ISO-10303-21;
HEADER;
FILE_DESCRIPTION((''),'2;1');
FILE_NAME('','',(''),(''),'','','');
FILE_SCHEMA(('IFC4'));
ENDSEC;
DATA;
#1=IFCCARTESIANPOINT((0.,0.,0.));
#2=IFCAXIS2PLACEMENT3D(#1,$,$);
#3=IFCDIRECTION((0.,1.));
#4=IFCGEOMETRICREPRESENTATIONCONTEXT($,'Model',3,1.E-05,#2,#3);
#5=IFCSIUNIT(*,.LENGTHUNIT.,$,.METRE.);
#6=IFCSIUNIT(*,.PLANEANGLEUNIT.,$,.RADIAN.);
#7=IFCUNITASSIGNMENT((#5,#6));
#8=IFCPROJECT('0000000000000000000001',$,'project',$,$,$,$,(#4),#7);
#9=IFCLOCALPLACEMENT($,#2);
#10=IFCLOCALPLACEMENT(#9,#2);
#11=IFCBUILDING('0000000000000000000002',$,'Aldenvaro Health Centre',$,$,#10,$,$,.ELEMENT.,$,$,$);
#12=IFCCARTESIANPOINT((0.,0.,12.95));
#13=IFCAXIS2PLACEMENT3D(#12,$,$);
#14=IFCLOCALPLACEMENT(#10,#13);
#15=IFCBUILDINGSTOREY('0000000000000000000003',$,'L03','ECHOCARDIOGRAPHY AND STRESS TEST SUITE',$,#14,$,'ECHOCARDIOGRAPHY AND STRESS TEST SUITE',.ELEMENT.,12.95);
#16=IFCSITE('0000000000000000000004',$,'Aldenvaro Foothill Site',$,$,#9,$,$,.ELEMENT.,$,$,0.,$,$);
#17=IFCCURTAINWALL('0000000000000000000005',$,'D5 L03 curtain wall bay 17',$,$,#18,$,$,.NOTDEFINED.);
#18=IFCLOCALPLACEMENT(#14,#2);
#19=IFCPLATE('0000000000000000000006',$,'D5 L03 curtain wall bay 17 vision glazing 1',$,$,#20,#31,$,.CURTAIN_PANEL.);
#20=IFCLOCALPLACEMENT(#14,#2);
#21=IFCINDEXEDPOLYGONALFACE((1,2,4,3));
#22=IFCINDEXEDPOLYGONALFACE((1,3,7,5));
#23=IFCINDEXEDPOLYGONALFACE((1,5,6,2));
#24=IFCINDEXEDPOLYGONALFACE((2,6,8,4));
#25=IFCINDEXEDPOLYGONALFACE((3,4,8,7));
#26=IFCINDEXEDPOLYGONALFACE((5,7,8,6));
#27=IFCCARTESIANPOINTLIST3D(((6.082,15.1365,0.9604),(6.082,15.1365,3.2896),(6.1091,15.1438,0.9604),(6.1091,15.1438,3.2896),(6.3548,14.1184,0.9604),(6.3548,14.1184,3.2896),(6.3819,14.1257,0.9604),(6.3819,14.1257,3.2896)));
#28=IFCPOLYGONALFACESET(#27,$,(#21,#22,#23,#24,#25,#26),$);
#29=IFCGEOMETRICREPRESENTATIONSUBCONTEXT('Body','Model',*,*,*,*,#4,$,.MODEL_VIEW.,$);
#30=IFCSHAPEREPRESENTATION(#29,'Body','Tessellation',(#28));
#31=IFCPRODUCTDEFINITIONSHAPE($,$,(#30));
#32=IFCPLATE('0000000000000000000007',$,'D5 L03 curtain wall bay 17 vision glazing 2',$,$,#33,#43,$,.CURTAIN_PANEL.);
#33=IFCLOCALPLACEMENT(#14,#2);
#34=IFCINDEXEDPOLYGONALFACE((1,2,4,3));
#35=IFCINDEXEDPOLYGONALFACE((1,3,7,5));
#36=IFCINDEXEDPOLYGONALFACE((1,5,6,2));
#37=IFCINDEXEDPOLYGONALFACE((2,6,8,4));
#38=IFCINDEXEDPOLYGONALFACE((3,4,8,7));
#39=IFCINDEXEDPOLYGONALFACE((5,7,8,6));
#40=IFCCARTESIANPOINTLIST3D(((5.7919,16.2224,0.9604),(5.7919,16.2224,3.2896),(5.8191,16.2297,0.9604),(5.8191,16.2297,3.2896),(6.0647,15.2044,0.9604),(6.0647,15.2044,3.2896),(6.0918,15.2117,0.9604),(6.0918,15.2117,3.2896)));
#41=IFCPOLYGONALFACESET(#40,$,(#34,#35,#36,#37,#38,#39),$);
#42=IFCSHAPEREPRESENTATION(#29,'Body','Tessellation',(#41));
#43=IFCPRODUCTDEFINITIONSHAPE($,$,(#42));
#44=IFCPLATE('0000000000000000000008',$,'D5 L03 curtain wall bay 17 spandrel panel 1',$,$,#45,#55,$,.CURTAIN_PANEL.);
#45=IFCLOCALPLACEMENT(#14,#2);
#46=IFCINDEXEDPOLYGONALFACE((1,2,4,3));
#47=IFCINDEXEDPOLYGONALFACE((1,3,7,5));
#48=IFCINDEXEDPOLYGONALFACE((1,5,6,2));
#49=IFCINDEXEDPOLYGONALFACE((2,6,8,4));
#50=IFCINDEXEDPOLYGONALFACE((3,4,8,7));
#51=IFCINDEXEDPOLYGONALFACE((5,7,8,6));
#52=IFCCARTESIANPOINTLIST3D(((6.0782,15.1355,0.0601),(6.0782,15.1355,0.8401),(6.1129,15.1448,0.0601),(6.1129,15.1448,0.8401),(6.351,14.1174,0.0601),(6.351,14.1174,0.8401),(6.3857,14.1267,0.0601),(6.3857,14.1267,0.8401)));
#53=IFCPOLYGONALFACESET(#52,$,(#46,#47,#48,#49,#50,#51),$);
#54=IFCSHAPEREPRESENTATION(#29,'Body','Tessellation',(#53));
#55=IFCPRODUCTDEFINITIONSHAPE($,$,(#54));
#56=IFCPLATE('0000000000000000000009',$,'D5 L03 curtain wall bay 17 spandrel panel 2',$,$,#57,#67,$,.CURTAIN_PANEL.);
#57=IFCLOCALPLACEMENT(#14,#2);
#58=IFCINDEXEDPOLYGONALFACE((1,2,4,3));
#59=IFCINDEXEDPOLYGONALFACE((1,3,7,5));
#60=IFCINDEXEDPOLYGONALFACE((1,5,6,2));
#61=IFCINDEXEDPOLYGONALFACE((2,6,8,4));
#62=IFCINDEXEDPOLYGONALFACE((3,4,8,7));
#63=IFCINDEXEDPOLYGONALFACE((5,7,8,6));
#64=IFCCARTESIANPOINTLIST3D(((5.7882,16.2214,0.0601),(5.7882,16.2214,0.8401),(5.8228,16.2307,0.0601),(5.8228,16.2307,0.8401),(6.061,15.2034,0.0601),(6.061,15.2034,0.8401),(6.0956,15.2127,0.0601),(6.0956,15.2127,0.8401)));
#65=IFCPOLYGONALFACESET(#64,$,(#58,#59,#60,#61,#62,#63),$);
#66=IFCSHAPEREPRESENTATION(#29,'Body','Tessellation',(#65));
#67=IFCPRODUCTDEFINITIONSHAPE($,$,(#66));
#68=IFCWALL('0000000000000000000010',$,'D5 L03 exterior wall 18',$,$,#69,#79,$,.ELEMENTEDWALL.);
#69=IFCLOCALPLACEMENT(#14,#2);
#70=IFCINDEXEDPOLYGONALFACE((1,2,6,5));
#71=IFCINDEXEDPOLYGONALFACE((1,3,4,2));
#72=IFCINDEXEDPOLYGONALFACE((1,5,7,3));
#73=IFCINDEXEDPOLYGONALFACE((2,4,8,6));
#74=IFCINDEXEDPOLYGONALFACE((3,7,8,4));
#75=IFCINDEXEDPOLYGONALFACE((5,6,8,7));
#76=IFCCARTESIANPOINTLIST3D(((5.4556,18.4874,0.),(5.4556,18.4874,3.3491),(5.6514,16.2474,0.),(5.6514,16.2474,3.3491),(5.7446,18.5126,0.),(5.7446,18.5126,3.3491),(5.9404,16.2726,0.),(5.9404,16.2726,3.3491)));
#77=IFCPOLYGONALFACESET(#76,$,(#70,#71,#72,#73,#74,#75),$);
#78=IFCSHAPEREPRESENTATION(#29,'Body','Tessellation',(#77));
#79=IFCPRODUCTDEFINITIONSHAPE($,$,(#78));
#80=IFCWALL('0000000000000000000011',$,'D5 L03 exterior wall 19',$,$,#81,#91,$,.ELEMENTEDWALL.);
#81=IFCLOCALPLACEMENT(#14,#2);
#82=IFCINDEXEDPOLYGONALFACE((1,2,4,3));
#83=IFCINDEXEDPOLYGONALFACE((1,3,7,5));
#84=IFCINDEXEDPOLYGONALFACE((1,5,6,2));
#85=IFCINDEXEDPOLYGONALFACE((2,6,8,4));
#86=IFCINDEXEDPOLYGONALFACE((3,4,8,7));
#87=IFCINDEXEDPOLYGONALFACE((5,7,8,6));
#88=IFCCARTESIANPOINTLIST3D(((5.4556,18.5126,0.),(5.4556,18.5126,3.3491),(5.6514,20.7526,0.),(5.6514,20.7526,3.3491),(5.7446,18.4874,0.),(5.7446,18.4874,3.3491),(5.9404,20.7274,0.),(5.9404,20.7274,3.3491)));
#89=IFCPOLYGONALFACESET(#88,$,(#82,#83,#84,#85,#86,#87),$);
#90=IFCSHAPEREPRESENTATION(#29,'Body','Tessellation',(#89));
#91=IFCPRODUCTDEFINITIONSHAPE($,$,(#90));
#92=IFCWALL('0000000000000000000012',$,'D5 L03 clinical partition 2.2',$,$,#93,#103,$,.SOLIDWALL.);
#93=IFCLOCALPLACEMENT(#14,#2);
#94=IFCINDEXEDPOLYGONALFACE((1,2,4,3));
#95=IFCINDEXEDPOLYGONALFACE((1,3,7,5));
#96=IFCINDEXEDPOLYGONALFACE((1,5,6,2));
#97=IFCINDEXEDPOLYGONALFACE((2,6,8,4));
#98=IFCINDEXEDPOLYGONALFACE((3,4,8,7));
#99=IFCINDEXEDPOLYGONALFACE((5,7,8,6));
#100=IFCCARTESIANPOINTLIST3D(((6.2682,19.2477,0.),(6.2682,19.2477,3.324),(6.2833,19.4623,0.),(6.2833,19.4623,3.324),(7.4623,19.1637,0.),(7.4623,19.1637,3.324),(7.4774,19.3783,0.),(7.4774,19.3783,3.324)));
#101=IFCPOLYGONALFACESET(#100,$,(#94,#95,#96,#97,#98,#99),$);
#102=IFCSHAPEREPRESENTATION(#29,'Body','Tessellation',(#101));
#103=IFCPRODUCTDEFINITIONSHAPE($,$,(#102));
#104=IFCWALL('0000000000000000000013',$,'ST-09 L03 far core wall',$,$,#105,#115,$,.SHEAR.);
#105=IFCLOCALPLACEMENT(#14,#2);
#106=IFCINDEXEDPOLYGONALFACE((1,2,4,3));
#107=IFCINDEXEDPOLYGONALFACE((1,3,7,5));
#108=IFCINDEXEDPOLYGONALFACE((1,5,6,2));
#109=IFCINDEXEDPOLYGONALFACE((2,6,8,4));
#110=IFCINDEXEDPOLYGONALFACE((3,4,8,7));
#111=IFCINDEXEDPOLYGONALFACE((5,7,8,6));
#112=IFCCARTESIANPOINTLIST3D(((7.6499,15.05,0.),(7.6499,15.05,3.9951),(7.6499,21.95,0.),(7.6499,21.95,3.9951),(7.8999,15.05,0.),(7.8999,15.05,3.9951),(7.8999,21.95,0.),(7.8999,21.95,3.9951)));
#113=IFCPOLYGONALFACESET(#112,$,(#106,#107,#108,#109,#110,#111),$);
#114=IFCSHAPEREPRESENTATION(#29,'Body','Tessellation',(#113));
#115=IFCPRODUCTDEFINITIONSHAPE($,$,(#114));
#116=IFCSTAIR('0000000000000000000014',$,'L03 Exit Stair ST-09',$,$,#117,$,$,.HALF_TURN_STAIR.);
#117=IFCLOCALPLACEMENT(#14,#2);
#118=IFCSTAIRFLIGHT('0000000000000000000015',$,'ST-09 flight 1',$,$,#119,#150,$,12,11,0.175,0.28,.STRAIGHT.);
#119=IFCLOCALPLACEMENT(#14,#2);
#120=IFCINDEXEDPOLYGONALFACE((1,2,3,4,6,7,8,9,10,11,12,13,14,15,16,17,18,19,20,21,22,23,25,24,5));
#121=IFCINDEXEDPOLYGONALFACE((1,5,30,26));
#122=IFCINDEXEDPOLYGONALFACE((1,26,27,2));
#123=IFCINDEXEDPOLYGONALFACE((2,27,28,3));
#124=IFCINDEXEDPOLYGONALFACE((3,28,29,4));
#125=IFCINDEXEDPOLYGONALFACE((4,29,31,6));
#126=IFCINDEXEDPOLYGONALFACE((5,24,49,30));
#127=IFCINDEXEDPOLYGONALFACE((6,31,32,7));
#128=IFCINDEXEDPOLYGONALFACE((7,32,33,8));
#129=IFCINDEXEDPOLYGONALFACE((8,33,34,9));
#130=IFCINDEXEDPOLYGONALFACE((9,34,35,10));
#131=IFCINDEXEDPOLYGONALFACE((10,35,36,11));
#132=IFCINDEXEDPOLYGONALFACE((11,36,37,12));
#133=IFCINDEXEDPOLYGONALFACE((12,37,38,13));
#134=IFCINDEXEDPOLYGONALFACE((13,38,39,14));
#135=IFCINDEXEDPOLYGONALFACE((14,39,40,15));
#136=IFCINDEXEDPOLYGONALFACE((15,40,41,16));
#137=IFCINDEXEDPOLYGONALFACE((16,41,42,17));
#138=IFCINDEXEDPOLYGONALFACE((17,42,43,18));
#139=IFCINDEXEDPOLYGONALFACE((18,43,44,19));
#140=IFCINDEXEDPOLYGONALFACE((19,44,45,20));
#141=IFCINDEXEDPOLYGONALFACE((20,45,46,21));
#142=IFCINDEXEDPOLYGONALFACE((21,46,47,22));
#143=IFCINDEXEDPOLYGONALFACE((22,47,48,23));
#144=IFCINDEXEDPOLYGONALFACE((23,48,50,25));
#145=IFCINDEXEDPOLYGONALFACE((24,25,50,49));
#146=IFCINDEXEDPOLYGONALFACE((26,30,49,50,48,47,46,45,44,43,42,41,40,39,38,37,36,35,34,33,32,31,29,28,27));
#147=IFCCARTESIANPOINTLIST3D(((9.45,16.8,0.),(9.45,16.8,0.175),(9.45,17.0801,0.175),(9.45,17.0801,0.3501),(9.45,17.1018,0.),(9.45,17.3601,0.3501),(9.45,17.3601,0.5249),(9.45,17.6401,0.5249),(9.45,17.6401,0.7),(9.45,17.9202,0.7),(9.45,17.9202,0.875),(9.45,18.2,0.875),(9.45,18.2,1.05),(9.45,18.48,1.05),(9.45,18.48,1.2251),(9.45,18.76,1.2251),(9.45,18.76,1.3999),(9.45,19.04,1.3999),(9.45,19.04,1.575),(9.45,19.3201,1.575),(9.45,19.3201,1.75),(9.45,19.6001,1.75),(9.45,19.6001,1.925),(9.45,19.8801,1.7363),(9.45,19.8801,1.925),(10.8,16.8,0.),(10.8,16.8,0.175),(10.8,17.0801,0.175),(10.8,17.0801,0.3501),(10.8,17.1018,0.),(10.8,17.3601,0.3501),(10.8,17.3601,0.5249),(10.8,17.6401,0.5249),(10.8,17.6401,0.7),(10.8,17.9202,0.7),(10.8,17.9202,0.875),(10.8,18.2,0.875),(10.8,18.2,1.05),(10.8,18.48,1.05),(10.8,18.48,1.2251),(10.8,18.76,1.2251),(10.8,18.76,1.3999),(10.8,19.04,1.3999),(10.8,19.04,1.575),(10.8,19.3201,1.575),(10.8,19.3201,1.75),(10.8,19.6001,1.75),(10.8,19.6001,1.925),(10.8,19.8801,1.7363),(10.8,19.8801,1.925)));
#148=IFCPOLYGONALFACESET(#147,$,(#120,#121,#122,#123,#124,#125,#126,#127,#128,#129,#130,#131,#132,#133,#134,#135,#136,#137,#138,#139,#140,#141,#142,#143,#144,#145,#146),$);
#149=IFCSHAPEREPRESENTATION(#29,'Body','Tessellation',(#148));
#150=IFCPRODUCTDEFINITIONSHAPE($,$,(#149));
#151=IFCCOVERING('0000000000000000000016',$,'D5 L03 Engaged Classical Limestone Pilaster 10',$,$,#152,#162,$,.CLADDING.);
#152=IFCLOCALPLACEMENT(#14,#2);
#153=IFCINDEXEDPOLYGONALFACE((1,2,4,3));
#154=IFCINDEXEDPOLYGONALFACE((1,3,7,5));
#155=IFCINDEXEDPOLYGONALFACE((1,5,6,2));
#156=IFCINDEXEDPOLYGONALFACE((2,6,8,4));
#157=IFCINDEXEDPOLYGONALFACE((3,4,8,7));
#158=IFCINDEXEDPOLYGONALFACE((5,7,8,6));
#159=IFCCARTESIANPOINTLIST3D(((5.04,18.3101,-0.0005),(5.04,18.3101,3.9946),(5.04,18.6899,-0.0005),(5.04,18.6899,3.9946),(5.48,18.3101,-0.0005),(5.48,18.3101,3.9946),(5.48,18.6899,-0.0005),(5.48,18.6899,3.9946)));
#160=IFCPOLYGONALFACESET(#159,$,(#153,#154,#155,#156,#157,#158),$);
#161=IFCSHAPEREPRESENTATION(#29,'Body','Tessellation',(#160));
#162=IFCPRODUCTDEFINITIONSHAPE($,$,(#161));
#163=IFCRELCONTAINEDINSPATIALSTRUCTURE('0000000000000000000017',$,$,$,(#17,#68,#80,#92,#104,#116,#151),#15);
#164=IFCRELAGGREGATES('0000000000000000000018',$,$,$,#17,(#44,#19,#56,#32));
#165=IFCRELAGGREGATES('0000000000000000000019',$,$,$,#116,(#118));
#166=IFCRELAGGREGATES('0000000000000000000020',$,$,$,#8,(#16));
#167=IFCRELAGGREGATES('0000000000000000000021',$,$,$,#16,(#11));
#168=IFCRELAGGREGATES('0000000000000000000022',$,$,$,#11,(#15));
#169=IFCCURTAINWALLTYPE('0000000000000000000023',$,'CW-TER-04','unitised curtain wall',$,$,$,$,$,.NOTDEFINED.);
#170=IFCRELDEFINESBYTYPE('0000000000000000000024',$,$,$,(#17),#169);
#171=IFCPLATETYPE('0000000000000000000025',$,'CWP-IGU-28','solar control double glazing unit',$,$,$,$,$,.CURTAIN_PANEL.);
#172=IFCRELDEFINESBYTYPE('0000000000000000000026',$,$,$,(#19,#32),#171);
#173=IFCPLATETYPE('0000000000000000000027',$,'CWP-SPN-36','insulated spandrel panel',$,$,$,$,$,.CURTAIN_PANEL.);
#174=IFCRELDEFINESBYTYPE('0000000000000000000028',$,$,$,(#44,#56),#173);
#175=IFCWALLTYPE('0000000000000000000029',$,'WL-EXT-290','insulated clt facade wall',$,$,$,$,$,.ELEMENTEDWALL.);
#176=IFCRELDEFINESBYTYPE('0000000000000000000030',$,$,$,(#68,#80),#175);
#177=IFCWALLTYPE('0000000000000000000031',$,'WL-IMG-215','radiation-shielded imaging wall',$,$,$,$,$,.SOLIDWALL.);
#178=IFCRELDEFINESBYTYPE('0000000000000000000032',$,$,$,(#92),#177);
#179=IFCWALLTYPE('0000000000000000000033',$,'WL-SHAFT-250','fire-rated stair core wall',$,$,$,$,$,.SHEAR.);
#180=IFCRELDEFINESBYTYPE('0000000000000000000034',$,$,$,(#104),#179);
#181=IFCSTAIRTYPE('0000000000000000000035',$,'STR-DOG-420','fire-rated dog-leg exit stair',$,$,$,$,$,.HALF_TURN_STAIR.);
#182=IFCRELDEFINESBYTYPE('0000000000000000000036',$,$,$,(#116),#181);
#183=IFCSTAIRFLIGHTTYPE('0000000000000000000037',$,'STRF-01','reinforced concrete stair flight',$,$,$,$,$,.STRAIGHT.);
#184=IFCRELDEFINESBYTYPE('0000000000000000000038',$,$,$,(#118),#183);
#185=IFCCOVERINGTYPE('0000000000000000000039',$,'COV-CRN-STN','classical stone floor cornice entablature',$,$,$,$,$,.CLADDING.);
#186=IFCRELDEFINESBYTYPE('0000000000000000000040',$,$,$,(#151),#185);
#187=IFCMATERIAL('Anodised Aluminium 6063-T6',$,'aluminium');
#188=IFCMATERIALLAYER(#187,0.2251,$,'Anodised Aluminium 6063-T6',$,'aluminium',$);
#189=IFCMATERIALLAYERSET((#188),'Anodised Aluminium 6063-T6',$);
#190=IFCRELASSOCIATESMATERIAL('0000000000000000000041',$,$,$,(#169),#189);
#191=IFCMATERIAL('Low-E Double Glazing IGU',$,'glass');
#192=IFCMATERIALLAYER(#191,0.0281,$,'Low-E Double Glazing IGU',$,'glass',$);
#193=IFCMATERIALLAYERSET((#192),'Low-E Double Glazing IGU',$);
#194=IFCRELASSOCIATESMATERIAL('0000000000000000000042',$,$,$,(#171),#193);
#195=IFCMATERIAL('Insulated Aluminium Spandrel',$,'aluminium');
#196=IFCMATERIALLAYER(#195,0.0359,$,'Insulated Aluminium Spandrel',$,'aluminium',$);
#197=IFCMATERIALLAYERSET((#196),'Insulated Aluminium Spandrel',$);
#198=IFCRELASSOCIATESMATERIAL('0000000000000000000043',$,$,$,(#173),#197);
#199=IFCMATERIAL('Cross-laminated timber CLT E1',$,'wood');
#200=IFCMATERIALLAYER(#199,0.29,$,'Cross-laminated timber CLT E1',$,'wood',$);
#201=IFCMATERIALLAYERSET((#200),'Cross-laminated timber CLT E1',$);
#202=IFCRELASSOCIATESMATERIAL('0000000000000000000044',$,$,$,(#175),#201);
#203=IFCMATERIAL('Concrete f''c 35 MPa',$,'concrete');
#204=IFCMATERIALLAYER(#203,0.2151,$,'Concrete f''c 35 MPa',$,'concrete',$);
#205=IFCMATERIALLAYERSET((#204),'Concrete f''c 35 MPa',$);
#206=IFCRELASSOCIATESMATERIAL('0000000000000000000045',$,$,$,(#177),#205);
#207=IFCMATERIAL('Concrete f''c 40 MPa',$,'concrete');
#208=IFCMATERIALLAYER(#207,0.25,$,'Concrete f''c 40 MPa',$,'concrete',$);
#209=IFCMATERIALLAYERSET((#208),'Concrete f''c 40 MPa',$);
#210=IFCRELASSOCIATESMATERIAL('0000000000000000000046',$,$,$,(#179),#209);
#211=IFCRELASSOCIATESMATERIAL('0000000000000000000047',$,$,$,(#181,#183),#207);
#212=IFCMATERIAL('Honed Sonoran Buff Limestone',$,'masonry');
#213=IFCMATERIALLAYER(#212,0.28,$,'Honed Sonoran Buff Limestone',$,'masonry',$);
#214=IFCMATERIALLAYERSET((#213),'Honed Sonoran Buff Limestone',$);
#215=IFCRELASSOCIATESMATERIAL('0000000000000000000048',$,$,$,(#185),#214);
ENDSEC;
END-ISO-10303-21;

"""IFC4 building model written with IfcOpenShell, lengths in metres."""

from ifc_helpers import new_model, si_unit, direction, frame, frame_2d, origin, origin_2d, place, context, subcontext, project, spatial, polyline, rectangle, outline, extrude, material, layer, layer_set, type_object, element, aggregate, save


model = new_model("IFC4")

# Units and contexts
model_context = context("Model", 3, precision=1e-05, world=origin(), true_north=direction((0.0, 1.0)))
body_context = subcontext(model_context, "Body", "Model", "MODEL_VIEW")
ifc_project = project(units=[si_unit("LENGTHUNIT", "METRE"), si_unit("PLANEANGLEUNIT", "RADIAN")], contexts=[model_context])

# Site, building, storey
site_placement = place(None, origin())
site = spatial("IfcSite", under=ifc_project, at=site_placement, Name="Aldenvaro Foothill Site", CompositionType="ELEMENT", RefElevation=0.0)
building_placement = place(site_placement, origin())
building = spatial("IfcBuilding", under=site, at=building_placement, Name="Aldenvaro Health Centre", CompositionType="ELEMENT")
storey_placement = place(building_placement, frame((0.0, 0.0, 12.95)))
storey = spatial("IfcBuildingStorey", under=building, at=storey_placement, Name="L03", Description="ECHOCARDIOGRAPHY AND STRESS TEST SUITE", LongName="ECHOCARDIOGRAPHY AND STRESS TEST SUITE", CompositionType="ELEMENT", Elevation=12.95)

# Curtain wall
ifc_material_1 = material(Name="Anodised Aluminium 6063-T6", Category="aluminium")
ifc_layer_1 = layer(ifc_material_1, 0.2251, Name="Anodised Aluminium 6063-T6", Category="aluminium")
ifc_layer_set_1 = layer_set([ifc_layer_1], Name="Anodised Aluminium 6063-T6")
curtain_wall_type = type_object("IfcCurtainWallType", Name="CW-TER-04", Description="unitised curtain wall", PredefinedType="NOTDEFINED", material=ifc_layer_set_1)
curtain_wall_placement = place(storey_placement, origin())
curtain_wall = element("IfcCurtainWall", 1, at=curtain_wall_placement, inside=storey, type_object=curtain_wall_type, Name="D5 L03 curtain wall bay 17", PredefinedType="NOTDEFINED")

# Plates
ifc_material_2 = material(Name="Low-E Double Glazing IGU", Category="glass")
ifc_layer_2 = layer(ifc_material_2, 0.0281, Name="Low-E Double Glazing IGU", Category="glass")
ifc_layer_set_2 = layer_set([ifc_layer_2], Name="Low-E Double Glazing IGU")
plate_type_1 = type_object("IfcPlateType", Name="CWP-IGU-28", Description="solar control double glazing unit", PredefinedType="CURTAIN_PANEL", material=ifc_layer_set_2)
plate_1_placement = place(storey_placement, frame((6.2319, 14.6311, 0.9604), z_axis=(0.0, 0.0, 1.0), x_axis=(-0.258825, 0.965924, 0.0)))
plate_1 = element("IfcPlate", 2, at=plate_1_placement, type_object=plate_type_1, Name="D5 L03 curtain wall bay 17 vision glazing 1", PredefinedType="CURTAIN_PANEL", context=body_context, shape_type="SweptSolid", body=[
    extrude(rectangle(XDim=1.054, YDim=0.0281, at=origin_2d()), origin(), (0.0, 0.0, 1.0), 2.3291),
])
plate_2_placement = place(storey_placement, frame((5.9419, 15.717, 0.9604), z_axis=(0.0, 0.0, 1.0), x_axis=(-0.258825, 0.965924, 0.0)))
plate_2 = element("IfcPlate", 3, at=plate_2_placement, type_object=plate_type_1, Name="D5 L03 curtain wall bay 17 vision glazing 2", PredefinedType="CURTAIN_PANEL", context=body_context, shape_type="SweptSolid", body=[
    extrude(rectangle(XDim=1.054, YDim=0.0281, at=origin_2d()), origin(), (0.0, 0.0, 1.0), 2.3291),
])
ifc_material_3 = material(Name="Insulated Aluminium Spandrel", Category="aluminium")
ifc_layer_3 = layer(ifc_material_3, 0.0359, Name="Insulated Aluminium Spandrel", Category="aluminium")
ifc_layer_set_3 = layer_set([ifc_layer_3], Name="Insulated Aluminium Spandrel")
plate_type_2 = type_object("IfcPlateType", Name="CWP-SPN-36", Description="insulated spandrel panel", PredefinedType="CURTAIN_PANEL", material=ifc_layer_set_3)
plate_3_placement = place(storey_placement, frame((6.2319, 14.6311, 0.0601), z_axis=(0.0, 0.0, 1.0), x_axis=(-0.258825, 0.965924, 0.0)))
plate_3 = element("IfcPlate", 4, at=plate_3_placement, type_object=plate_type_2, Name="D5 L03 curtain wall bay 17 spandrel panel 1", PredefinedType="CURTAIN_PANEL", context=body_context, shape_type="SweptSolid", body=[
    extrude(rectangle(XDim=1.054, YDim=0.0359, at=origin_2d()), origin(), (0.0, 0.0, 1.0), 0.78),
])
plate_4_placement = place(storey_placement, frame((5.9419, 15.717, 0.0601), z_axis=(0.0, 0.0, 1.0), x_axis=(-0.258825, 0.965924, 0.0)))
plate_4 = element("IfcPlate", 5, at=plate_4_placement, type_object=plate_type_2, Name="D5 L03 curtain wall bay 17 spandrel panel 2", PredefinedType="CURTAIN_PANEL", context=body_context, shape_type="SweptSolid", body=[
    extrude(rectangle(XDim=1.054, YDim=0.0359, at=origin_2d()), origin(), (0.0, 0.0, 1.0), 0.78),
])
aggregate(curtain_wall, [plate_3, plate_1, plate_4, plate_2])

# Walls
ifc_material_4 = material(Name="Cross-laminated timber CLT E1", Category="wood")
ifc_layer_4 = layer(ifc_material_4, 0.29, Name="Cross-laminated timber CLT E1", Category="wood")
ifc_layer_set_4 = layer_set([ifc_layer_4], Name="Cross-laminated timber CLT E1")
wall_type_1 = type_object("IfcWallType", Name="WL-EXT-290", Description="insulated clt facade wall", PredefinedType="ELEMENTEDWALL", material=ifc_layer_set_4)
for number, where, z_axis, x_axis, name in (
    (6, (5.7959, 16.26, 0.0), (0.0, 0.0, 1.0), (-0.087079, 0.996201, 0.0), "D5 L03 exterior wall 18"),
    (7, (5.6001, 18.5, 0.0), (0.0, 0.0, 1.0), (0.087079, 0.996201, 0.0), "D5 L03 exterior wall 19"),
):
    element("IfcWall", number, at=place(storey_placement, frame(where, z_axis=z_axis, x_axis=x_axis)), inside=storey, type_object=wall_type_1, Name=name, PredefinedType="ELEMENTEDWALL", context=body_context, shape_type="SweptSolid", body=[
        extrude(rectangle(XDim=2.2485, YDim=0.29, at=frame_2d((1.1243, 0.0))), origin(), (0.0, 0.0, 1.0), 3.3491),
    ])
ifc_material_5 = material(Name="Concrete f'c 35 MPa", Category="concrete")
ifc_layer_5 = layer(ifc_material_5, 0.2151, Name="Concrete f'c 35 MPa", Category="concrete")
ifc_layer_set_5 = layer_set([ifc_layer_5], Name="Concrete f'c 35 MPa")
wall_type_2 = type_object("IfcWallType", Name="WL-IMG-215", Description="radiation-shielded imaging wall", PredefinedType="SOLIDWALL", material=ifc_layer_set_5)
wall_1_placement = place(storey_placement, frame((7.47, 19.271, 0.0), z_axis=(0.0, 0.0, 1.0), x_axis=(-0.997536, 0.07016, 0.0)))
element("IfcWall", 8, at=wall_1_placement, inside=storey, type_object=wall_type_2, Name="D5 L03 clinical partition 2.2", PredefinedType="SOLIDWALL", context=body_context, shape_type="SweptSolid", body=[
    extrude(rectangle(XDim=1.197, YDim=0.2151, at=frame_2d((0.5986, 0.0))), origin(), (0.0, 0.0, 1.0), 3.324),
])
ifc_material_6 = material(Name="Concrete f'c 40 MPa", Category="concrete")
ifc_layer_6 = layer(ifc_material_6, 0.25, Name="Concrete f'c 40 MPa", Category="concrete")
ifc_layer_set_6 = layer_set([ifc_layer_6], Name="Concrete f'c 40 MPa")
wall_type_3 = type_object("IfcWallType", Name="WL-SHAFT-250", Description="fire-rated stair core wall", PredefinedType="SHEAR", material=ifc_layer_set_6)
wall_2_placement = place(storey_placement, frame((7.7749, 15.05, 0.0), z_axis=(0.0, 0.0, 1.0), x_axis=(0.0, 1.0, 0.0)))
element("IfcWall", 9, at=wall_2_placement, inside=storey, type_object=wall_type_3, Name="ST-09 L03 far core wall", PredefinedType="SHEAR", context=body_context, shape_type="SweptSolid", body=[
    extrude(rectangle(XDim=6.8999, YDim=0.25, at=frame_2d((3.45, 0.0))), origin(), (0.0, 0.0, 1.0), 3.9951),
])

# Stair, stair flight
stair_type = type_object("IfcStairType", Name="STR-DOG-420", Description="fire-rated dog-leg exit stair", PredefinedType="HALF_TURN_STAIR", material=ifc_material_6)
stair_placement = place(storey_placement, origin())
stair = element("IfcStair", 10, at=stair_placement, inside=storey, type_object=stair_type, Name="L03 Exit Stair ST-09", PredefinedType="HALF_TURN_STAIR")
stair_flight_type = type_object("IfcStairFlightType", Name="STRF-01", Description="reinforced concrete stair flight", PredefinedType="STRAIGHT", material=ifc_material_6)
stair_flight_placement = place(storey_placement, frame((10.125, 16.8, 0.0), z_axis=(0.0, 0.0, 1.0), x_axis=(0.0, 1.0, 0.0)))
stair_flight = element("IfcStairFlight", 11, at=stair_flight_placement, type_object=stair_flight_type, Name="ST-09 flight 1", NumberOfRisers=12, NumberOfTreads=11, PredefinedType="STRAIGHT", RiserHeight=0.175, TreadLength=0.28, context=body_context, shape_type="SweptSolid", body=[
    extrude(outline(polyline([(0.0, 0.0), (0.0, 0.175), (0.28, 0.175), (0.28, 0.3501), (0.5601, 0.3501), (0.5601, 0.5249), (0.8401, 0.5249), (0.8401, 0.7), (1.1201, 0.7), (1.1201, 0.875), (1.3999, 0.875), (1.3999, 1.05), (1.6799, 1.05), (1.6799, 1.2251), (1.96, 1.2251), (1.96, 1.3999), (2.24, 1.3999), (2.24, 1.575), (2.52, 1.575), (2.52, 1.75), (2.8, 1.75), (2.8, 1.925), (3.0801, 1.925), (3.0801, 2.1001), (3.0801, 1.7363), (0.3018, 0.0), (0.0, 0.0)])), frame((0.0, 0.675, 0.0), z_axis=(0.0, -1.0, 0.0), x_axis=(1.0, 0.0, 0.0)), (0.0, 0.0, 1.0), 1.3501),
])
aggregate(stair, [stair_flight])

# Covering
ifc_material_7 = material(Name="Honed Sonoran Buff Limestone", Category="masonry")
ifc_layer_7 = layer(ifc_material_7, 0.28, Name="Honed Sonoran Buff Limestone", Category="masonry")
ifc_layer_set_7 = layer_set([ifc_layer_7], Name="Honed Sonoran Buff Limestone")
covering_type = type_object("IfcCoveringType", Name="COV-CRN-STN", Description="classical stone floor cornice entablature", PredefinedType="CLADDING", material=ifc_layer_set_7)
covering_placement = place(storey_placement, frame((5.26, 18.5, -0.0005), z_axis=(0.0, 0.0, 1.0), x_axis=(-1.0, 0.0, 0.0)))
element("IfcCovering", 12, at=covering_placement, inside=storey, type_object=covering_type, Name="D5 L03 Engaged Classical Limestone Pilaster 10", PredefinedType="CLADDING", context=body_context, shape_type="SweptSolid", body=[
    extrude(rectangle(XDim=0.4399, YDim=0.3799, at=origin_2d()), origin(), (0.0, 0.0, 1.0), 3.9951),
])

save(model, "model.ifc")
